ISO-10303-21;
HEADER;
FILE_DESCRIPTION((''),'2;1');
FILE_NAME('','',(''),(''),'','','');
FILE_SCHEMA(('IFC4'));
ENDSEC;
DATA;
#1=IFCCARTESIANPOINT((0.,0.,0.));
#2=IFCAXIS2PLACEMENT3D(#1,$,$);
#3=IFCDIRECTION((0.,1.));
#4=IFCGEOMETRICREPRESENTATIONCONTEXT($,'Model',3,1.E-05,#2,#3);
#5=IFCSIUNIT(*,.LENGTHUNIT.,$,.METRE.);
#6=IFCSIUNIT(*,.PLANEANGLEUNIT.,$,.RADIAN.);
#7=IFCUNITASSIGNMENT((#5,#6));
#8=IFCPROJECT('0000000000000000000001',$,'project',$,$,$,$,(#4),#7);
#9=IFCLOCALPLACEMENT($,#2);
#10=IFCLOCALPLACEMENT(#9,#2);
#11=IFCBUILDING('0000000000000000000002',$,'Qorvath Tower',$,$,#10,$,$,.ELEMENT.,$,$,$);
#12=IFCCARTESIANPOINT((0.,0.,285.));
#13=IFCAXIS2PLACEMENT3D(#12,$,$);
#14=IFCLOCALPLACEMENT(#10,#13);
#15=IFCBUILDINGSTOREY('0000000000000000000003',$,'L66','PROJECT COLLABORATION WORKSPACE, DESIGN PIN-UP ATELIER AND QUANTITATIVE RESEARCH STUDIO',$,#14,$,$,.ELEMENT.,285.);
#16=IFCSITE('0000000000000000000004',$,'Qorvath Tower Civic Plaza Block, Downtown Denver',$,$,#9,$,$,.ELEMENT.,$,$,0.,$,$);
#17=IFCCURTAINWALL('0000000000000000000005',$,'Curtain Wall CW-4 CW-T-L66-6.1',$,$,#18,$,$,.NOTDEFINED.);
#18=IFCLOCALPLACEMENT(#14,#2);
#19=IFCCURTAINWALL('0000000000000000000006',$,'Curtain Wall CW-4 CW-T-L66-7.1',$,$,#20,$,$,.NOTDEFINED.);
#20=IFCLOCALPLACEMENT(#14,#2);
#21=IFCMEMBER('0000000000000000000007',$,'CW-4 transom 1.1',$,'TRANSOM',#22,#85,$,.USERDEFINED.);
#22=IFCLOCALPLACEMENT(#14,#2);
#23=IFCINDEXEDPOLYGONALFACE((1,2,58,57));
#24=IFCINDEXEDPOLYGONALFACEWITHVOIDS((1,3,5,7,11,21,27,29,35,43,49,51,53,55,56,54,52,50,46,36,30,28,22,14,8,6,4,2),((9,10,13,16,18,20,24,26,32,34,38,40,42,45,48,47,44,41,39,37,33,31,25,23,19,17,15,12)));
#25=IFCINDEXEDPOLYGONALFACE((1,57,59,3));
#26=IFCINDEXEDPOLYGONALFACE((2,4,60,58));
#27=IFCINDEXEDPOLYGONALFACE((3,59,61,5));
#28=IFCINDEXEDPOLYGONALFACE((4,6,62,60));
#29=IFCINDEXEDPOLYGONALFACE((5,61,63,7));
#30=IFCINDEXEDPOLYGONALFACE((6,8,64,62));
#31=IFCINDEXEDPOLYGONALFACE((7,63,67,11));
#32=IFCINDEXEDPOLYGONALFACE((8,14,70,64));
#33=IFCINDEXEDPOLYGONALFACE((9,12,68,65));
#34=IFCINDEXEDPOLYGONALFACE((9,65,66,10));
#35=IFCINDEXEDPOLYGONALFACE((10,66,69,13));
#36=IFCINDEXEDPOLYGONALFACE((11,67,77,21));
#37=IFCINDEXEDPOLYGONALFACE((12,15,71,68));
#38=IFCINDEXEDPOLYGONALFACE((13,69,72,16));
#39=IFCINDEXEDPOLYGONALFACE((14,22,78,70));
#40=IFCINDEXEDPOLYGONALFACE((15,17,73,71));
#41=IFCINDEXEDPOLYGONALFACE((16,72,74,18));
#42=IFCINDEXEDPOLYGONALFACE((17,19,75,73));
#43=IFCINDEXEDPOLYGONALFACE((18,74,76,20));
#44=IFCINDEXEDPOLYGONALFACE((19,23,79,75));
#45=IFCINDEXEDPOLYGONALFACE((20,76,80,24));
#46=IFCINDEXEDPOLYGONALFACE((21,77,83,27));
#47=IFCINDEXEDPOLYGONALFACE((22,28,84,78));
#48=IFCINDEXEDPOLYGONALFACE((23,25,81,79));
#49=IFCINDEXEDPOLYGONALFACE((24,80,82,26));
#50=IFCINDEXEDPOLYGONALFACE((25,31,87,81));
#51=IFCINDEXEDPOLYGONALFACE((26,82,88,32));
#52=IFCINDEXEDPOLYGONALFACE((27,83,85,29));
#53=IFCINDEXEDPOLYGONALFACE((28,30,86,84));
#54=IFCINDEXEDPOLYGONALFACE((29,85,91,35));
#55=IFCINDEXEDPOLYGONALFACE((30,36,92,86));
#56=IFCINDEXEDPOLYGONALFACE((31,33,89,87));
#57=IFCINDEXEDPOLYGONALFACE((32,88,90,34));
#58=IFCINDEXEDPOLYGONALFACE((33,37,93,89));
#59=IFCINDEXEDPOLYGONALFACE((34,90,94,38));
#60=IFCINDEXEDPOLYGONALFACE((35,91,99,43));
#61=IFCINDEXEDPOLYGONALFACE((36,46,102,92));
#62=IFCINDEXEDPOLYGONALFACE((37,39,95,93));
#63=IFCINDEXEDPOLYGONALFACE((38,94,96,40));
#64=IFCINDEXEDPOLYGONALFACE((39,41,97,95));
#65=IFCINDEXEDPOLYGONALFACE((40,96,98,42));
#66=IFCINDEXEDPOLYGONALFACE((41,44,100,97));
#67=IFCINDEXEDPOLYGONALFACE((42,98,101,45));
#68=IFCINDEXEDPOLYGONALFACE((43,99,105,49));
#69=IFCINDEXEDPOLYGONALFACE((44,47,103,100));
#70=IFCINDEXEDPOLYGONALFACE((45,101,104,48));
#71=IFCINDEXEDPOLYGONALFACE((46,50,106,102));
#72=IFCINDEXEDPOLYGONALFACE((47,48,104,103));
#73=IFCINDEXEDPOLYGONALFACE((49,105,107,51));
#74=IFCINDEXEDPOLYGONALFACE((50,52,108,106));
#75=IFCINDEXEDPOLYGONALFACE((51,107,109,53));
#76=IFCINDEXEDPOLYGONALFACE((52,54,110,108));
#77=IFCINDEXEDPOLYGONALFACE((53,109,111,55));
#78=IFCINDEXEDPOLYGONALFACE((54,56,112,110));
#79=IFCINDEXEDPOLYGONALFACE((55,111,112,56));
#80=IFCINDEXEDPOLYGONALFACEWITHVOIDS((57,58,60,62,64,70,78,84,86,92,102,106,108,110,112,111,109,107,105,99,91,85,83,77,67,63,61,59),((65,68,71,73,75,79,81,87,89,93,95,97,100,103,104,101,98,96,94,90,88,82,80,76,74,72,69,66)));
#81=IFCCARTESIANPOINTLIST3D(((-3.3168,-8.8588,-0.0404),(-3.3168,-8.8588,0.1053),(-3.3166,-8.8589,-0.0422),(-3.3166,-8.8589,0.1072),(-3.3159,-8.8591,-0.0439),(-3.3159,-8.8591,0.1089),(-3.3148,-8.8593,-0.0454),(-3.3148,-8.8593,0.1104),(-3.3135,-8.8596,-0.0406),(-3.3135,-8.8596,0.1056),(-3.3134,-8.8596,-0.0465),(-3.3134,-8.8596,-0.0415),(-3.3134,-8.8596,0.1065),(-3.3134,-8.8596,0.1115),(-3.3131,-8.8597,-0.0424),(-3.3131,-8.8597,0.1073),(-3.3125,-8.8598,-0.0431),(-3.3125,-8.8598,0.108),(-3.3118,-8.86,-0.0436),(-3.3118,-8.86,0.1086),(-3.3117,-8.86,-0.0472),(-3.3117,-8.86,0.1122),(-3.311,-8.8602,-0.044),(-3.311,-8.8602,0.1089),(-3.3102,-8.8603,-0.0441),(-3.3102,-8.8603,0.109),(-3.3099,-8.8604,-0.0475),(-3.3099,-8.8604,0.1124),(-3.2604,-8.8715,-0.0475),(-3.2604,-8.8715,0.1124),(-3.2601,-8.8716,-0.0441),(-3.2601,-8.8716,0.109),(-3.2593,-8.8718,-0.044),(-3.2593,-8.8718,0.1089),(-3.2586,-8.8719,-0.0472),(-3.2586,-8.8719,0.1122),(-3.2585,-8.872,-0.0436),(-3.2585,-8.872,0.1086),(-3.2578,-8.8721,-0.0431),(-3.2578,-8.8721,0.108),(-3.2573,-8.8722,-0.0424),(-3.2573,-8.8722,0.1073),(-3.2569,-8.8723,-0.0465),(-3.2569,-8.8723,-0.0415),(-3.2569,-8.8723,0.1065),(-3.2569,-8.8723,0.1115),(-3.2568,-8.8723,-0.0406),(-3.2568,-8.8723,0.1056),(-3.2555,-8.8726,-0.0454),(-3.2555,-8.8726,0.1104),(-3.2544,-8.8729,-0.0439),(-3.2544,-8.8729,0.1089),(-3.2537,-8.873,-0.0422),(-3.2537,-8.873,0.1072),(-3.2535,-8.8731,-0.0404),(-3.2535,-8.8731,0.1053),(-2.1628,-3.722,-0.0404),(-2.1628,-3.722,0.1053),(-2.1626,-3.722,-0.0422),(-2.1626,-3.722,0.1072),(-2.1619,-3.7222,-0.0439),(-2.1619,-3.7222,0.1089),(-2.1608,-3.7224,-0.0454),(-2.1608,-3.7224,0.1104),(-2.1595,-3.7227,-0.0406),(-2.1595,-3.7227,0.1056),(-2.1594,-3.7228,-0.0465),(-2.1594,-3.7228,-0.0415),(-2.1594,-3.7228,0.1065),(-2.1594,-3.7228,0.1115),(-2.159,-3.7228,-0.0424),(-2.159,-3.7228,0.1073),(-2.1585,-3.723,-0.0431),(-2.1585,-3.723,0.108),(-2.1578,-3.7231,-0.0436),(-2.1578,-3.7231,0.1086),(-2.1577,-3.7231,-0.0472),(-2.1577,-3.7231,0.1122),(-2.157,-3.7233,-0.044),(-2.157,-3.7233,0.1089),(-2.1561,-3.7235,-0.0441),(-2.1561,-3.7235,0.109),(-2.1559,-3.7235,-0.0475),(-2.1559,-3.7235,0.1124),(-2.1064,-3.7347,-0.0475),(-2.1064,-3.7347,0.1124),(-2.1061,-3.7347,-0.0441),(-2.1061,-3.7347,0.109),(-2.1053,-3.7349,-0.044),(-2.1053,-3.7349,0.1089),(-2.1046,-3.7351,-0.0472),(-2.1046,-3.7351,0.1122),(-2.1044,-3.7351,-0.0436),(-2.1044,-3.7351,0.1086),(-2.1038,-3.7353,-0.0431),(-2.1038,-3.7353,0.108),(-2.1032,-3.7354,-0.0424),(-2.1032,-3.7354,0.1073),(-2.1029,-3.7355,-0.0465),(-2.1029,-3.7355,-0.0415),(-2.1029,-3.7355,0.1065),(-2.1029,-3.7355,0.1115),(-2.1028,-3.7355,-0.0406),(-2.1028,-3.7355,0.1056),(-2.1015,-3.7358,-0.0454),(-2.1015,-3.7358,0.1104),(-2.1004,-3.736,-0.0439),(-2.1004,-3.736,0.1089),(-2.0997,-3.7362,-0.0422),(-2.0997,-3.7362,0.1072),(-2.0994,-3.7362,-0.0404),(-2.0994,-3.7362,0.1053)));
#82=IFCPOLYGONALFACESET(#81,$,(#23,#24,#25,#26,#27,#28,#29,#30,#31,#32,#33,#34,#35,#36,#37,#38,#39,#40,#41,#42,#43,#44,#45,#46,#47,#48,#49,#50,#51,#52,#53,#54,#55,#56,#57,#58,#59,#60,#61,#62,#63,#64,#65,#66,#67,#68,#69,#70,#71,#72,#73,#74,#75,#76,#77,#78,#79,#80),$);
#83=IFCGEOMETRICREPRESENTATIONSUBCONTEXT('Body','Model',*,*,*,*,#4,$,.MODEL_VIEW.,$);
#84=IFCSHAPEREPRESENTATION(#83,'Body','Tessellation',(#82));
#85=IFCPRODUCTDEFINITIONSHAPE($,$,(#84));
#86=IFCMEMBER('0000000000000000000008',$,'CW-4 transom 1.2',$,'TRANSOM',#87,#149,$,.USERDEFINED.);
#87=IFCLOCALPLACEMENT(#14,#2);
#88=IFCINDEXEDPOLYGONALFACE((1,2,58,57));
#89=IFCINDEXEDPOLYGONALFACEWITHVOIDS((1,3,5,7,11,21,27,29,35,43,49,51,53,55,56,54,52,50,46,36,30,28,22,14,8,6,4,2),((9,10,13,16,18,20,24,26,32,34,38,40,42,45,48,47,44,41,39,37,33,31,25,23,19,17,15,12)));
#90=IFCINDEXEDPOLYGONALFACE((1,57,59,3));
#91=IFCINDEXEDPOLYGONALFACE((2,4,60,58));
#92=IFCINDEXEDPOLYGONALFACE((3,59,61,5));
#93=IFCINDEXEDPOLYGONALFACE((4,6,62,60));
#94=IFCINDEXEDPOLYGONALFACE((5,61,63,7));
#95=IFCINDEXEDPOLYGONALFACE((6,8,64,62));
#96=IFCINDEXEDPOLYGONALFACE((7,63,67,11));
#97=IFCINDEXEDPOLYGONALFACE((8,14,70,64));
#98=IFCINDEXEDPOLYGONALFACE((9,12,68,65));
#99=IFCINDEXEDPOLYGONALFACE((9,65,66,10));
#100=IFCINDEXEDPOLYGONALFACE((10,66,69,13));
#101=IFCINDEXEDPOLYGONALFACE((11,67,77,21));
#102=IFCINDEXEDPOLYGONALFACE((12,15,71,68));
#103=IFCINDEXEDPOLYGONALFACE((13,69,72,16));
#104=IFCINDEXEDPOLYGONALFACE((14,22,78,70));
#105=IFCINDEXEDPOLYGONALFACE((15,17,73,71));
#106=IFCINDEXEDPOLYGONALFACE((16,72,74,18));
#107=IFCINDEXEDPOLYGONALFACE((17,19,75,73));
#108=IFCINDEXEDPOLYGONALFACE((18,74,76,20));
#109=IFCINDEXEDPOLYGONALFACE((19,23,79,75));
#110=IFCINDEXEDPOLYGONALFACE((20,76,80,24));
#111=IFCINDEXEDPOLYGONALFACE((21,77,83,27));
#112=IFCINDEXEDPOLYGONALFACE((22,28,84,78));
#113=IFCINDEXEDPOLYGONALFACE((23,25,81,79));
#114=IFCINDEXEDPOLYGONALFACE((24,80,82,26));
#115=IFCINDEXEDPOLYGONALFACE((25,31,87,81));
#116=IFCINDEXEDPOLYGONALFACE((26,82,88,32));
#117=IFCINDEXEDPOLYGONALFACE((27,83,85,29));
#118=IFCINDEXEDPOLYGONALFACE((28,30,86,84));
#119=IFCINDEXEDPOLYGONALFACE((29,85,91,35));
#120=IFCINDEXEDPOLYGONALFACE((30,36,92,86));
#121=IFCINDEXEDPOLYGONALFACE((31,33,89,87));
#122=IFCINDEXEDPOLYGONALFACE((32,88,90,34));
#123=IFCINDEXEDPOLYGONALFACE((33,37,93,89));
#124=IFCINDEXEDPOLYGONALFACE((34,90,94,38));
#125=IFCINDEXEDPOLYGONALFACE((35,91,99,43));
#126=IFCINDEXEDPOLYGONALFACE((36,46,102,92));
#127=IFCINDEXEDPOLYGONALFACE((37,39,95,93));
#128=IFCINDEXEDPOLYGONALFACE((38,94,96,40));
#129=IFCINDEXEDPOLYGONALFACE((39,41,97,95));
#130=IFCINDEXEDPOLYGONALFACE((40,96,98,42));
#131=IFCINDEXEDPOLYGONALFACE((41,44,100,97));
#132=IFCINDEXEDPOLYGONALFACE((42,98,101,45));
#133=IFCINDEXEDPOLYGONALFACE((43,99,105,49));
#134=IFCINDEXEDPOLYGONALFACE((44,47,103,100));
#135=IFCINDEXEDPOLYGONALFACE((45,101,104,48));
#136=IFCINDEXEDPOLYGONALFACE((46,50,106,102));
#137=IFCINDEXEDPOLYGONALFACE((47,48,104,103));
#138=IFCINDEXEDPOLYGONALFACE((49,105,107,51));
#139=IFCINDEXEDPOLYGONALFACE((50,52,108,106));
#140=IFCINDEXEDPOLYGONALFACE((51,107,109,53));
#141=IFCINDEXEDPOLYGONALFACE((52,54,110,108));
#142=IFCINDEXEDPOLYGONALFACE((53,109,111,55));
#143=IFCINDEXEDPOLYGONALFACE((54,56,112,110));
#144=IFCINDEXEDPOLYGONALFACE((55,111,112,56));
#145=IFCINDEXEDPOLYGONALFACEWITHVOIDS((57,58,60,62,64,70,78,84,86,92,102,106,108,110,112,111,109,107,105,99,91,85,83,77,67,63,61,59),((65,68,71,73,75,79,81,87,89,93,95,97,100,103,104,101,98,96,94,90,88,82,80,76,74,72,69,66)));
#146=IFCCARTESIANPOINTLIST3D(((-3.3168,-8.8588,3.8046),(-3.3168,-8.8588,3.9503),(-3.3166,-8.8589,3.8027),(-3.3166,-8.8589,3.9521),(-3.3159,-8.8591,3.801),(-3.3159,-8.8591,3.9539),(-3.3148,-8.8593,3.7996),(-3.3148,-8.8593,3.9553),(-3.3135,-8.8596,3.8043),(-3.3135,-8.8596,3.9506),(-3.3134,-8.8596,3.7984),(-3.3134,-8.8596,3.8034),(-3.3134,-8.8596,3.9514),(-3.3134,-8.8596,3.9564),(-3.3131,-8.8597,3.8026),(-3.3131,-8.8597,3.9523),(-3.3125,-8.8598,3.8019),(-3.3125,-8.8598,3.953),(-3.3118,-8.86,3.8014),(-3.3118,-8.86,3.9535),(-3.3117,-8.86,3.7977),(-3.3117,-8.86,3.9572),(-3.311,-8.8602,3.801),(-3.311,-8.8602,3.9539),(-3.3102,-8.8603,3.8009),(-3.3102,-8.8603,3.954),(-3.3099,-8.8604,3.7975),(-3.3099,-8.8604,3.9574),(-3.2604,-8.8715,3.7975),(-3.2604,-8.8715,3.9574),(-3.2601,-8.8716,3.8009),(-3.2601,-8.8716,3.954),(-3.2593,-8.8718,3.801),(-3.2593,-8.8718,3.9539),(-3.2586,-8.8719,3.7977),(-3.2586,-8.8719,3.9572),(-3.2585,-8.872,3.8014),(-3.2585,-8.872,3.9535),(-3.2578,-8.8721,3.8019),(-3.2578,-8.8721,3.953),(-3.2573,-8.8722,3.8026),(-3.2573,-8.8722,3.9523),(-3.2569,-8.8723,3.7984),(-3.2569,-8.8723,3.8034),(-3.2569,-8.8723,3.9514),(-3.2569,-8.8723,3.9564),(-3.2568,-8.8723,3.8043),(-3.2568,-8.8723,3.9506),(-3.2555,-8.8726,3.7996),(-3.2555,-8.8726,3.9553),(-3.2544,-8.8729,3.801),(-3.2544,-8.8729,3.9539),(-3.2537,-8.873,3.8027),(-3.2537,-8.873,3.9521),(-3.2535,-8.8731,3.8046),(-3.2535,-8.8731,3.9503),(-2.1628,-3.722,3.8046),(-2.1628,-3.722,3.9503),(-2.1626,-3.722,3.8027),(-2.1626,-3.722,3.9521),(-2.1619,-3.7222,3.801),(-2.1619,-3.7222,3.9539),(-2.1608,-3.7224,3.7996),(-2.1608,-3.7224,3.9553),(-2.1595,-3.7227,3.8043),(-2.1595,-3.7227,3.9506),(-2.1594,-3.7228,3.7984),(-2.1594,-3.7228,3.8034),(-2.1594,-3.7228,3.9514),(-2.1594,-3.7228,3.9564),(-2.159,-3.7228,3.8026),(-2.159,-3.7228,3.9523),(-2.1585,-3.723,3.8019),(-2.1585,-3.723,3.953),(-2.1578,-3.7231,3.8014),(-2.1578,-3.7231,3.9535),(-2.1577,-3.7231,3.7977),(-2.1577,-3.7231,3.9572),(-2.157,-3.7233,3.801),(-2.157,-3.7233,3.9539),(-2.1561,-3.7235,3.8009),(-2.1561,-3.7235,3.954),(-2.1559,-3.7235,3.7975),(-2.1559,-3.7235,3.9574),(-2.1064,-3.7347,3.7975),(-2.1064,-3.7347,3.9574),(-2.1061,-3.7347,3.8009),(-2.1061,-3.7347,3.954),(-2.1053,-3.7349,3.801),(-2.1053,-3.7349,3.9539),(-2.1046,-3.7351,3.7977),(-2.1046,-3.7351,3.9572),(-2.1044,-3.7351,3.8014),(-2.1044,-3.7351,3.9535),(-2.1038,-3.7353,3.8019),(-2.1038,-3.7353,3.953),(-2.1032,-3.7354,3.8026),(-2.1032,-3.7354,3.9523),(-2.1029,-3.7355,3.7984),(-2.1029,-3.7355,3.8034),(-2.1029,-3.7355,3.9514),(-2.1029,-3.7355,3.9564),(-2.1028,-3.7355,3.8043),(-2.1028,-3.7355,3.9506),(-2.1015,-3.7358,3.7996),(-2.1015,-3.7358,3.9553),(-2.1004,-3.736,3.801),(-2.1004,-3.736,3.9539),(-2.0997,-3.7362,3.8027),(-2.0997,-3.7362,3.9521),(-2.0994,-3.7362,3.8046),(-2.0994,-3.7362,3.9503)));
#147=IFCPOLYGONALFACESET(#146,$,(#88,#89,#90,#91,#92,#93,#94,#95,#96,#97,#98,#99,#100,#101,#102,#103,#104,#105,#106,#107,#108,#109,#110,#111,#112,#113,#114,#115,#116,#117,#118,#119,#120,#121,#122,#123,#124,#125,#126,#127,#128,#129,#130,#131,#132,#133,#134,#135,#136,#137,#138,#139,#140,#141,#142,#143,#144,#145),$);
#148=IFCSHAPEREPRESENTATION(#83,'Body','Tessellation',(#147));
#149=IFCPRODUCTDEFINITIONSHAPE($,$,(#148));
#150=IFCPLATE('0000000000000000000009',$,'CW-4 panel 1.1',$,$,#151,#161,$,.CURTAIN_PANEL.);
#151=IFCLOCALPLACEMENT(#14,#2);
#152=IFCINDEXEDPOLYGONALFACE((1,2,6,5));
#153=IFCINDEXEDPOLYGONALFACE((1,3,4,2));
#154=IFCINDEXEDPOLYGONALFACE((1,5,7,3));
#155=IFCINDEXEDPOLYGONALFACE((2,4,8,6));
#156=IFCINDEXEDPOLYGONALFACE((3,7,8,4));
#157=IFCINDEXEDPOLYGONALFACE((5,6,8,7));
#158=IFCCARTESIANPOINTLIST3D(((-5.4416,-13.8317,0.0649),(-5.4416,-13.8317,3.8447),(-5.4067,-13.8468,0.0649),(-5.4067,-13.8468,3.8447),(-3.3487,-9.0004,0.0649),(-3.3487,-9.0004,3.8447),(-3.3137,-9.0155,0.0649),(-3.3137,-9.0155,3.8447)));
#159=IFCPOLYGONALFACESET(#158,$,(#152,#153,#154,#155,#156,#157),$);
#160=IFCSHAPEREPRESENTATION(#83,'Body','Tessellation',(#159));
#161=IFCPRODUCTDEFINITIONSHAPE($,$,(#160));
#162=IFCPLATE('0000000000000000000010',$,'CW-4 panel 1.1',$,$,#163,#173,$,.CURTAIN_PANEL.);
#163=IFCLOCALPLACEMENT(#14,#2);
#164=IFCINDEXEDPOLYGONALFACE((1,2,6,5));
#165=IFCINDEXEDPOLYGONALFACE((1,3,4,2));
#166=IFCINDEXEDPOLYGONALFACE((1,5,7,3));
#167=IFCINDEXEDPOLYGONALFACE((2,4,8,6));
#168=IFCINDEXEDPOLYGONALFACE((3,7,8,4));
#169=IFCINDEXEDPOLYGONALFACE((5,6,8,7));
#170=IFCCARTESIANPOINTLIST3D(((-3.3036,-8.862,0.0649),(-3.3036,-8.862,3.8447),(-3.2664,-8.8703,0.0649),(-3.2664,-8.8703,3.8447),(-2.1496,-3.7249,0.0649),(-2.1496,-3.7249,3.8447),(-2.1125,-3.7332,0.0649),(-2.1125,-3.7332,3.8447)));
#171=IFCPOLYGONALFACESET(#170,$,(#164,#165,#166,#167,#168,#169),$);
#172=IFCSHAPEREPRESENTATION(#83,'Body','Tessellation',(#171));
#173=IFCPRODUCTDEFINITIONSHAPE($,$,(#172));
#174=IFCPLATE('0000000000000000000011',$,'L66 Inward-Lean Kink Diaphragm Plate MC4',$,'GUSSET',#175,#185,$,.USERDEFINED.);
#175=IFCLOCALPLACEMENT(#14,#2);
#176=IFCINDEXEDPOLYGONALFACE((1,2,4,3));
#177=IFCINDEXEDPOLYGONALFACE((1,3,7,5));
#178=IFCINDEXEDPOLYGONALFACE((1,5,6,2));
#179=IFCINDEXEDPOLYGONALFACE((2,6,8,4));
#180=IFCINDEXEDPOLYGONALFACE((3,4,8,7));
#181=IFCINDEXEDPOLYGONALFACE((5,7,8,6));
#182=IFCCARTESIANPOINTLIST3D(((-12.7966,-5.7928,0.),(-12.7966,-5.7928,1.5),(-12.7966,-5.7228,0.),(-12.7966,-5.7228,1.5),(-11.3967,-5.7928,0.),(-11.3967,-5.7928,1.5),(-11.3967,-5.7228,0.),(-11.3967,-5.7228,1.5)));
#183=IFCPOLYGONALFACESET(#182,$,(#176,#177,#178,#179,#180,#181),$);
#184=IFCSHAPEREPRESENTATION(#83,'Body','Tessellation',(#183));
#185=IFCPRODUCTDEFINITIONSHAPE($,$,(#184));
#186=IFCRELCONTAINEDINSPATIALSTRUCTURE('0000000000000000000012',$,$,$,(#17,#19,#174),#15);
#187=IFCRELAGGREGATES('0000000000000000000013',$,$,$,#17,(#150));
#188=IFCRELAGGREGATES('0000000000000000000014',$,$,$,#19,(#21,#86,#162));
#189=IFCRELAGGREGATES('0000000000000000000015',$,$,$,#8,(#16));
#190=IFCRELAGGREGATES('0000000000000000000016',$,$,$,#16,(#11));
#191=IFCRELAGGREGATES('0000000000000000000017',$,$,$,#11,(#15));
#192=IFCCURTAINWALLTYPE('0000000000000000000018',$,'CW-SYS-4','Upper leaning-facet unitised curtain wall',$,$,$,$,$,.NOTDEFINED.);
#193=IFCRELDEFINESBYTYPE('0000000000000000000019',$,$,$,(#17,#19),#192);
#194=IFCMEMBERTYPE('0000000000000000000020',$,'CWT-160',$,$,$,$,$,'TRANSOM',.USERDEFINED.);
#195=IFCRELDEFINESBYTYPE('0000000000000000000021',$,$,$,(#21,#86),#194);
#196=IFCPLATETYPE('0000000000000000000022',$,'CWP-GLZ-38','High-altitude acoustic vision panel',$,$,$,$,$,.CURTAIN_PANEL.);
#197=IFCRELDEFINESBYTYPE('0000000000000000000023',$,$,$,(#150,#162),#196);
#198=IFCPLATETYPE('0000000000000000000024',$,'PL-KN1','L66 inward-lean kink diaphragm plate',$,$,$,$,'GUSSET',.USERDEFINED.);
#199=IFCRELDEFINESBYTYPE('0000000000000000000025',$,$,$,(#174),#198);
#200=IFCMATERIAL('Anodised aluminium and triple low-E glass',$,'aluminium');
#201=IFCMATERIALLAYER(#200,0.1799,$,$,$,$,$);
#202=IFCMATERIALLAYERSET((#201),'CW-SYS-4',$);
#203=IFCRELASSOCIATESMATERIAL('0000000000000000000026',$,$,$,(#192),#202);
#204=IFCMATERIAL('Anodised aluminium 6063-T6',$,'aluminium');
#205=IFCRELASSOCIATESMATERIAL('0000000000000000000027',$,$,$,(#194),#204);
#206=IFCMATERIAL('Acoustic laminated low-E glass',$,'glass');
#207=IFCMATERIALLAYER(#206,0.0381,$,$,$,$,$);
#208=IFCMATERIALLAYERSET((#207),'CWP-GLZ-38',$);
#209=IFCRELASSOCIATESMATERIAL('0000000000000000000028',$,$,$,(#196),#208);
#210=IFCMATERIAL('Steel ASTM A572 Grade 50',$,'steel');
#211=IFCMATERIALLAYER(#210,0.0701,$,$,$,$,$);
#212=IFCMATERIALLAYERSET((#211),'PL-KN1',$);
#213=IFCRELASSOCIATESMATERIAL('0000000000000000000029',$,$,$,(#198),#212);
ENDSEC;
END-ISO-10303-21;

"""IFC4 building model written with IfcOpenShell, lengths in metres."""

from ifc_helpers import new_model, si_unit, direction, frame, origin, origin_2d, place, context, subcontext, project, spatial, rectangle, hollow_rectangle, extrude, material, layer, layer_set, material_profile, profile_set, type_object, element, aggregate, save


model = new_model("IFC4")

# Units and contexts
model_context = context("Model", 3, precision=1e-05, world=origin(), true_north=direction((0.0, 1.0)))
body_context = subcontext(model_context, "Body", "Model", "MODEL_VIEW")
ifc_project = project(units=[si_unit("LENGTHUNIT", "METRE"), si_unit("PLANEANGLEUNIT", "RADIAN")], contexts=[model_context])

# Site, building, storey
site_placement = place(None, origin())
site = spatial("IfcSite", under=ifc_project, at=site_placement, Name="Qorvath Tower Civic Plaza Block, Downtown Denver", CompositionType="ELEMENT", RefElevation=0.0)
building_placement = place(site_placement, origin())
building = spatial("IfcBuilding", under=site, at=building_placement, Name="Qorvath Tower", CompositionType="ELEMENT")
storey_placement = place(building_placement, frame((0.0, 0.0, 285.0)))
storey = spatial("IfcBuildingStorey", under=building, at=storey_placement, Name="L66", Description="PROJECT COLLABORATION WORKSPACE, DESIGN PIN-UP ATELIER AND QUANTITATIVE RESEARCH STUDIO", CompositionType="ELEMENT", Elevation=285.0)

# Curtain walls
ifc_material_1 = material(Name="Anodised aluminium and triple low-E glass", Category="aluminium")
ifc_layer_1 = layer(ifc_material_1, 0.1799)
ifc_layer_set_1 = layer_set([ifc_layer_1], Name="CW-SYS-4")
curtain_wall_type = type_object("IfcCurtainWallType", Name="CW-SYS-4", Description="Upper leaning-facet unitised curtain wall", PredefinedType="NOTDEFINED", material=ifc_layer_set_1)
curtain_wall_1_placement = place(storey_placement, origin())
curtain_wall_1 = element("IfcCurtainWall", 1, at=curtain_wall_1_placement, inside=storey, type_object=curtain_wall_type, Name="Curtain Wall CW-4 CW-T-L66-6.1", PredefinedType="NOTDEFINED")
curtain_wall_2_placement = place(storey_placement, origin())
curtain_wall_2 = element("IfcCurtainWall", 2, at=curtain_wall_2_placement, inside=storey, type_object=curtain_wall_type, Name="Curtain Wall CW-4 CW-T-L66-7.1", PredefinedType="NOTDEFINED")

# Members
ifc_material_2 = material(Name="Anodised aluminium 6063-T6", Category="aluminium")
ifc_material_profile_1 = material_profile(ifc_material_2, hollow_rectangle(XDim=0.0649, YDim=0.1599, WallThickness=0.0034, InnerFilletRadius=0.0034, OuterFilletRadius=0.0071, at=origin_2d()), Name="CWT 160x65")
ifc_profile_set_1 = profile_set([ifc_material_profile_1], Name="Anodised aluminium 6063-T6")
member_type_1 = type_object("IfcMemberType", Name="CWT-160", ElementType="TRANSOM", PredefinedType="USERDEFINED", material=ifc_profile_set_1)
member_1_placement = place(storey_placement, frame((-3.2852, -8.866, 0.0325), z_axis=(0.219193, 0.975681, 0.0), x_axis=(-0.975681, 0.219193, 0.0)))
member_1 = element("IfcMember", 3, at=member_1_placement, type_object=member_type_1, Name="CW-4 transom 1.1", ObjectType="TRANSOM", PredefinedType="USERDEFINED", context=body_context, shape_type="SweptSolid", body=[
    extrude(hollow_rectangle(XDim=0.0649, YDim=0.1599, WallThickness=0.0034, InnerFilletRadius=0.0034, OuterFilletRadius=0.0071, at=origin_2d()), origin(), (0.0, 0.0, 1.0), 5.2649),
])
member_2_placement = place(storey_placement, frame((-3.2852, -8.866, 3.8774), z_axis=(0.219193, 0.975681, 0.0), x_axis=(-0.975681, 0.219193, 0.0)))
member_2 = element("IfcMember", 4, at=member_2_placement, type_object=member_type_1, Name="CW-4 transom 1.2", ObjectType="TRANSOM", PredefinedType="USERDEFINED", context=body_context, shape_type="SweptSolid", body=[
    extrude(hollow_rectangle(XDim=0.0649, YDim=0.1599, WallThickness=0.0034, InnerFilletRadius=0.0034, OuterFilletRadius=0.0071, at=origin_2d()), origin(), (0.0, 0.0, 1.0), 5.2649),
])

# Plates
ifc_material_3 = material(Name="Acoustic laminated low-E glass", Category="glass")
ifc_layer_2 = layer(ifc_material_3, 0.0381)
ifc_layer_set_2 = layer_set([ifc_layer_2], Name="CWP-GLZ-38")
plate_type_1 = type_object("IfcPlateType", Name="CWP-GLZ-38", Description="High-altitude acoustic vision panel", PredefinedType="CURTAIN_PANEL", material=ifc_layer_set_2)
plate_1_placement = place(storey_placement, frame((-4.3777, -11.4236, 0.0649), z_axis=(0.0, 0.0, 1.0), x_axis=(0.397509, 0.917598, 0.0)))
plate_1 = element("IfcPlate", 5, at=plate_1_placement, type_object=plate_type_1, Name="CW-4 panel 1.1", PredefinedType="CURTAIN_PANEL", context=body_context, shape_type="SweptSolid", body=[
    extrude(rectangle(XDim=5.2651, YDim=0.0381, at=origin_2d()), origin(), (0.0, 0.0, 1.0), 3.7798),
])
aggregate(curtain_wall_1, [plate_1])
plate_2_placement = place(storey_placement, frame((-2.708, -6.2976, 0.0649), z_axis=(0.0, 0.0, 1.0), x_axis=(0.219167, 0.975687, 0.0)))
plate_2 = element("IfcPlate", 6, at=plate_2_placement, type_object=plate_type_1, Name="CW-4 panel 1.1", PredefinedType="CURTAIN_PANEL", context=body_context, shape_type="SweptSolid", body=[
    extrude(rectangle(XDim=5.2651, YDim=0.0381, at=origin_2d()), origin(), (0.0, 0.0, 1.0), 3.7798),
])
aggregate(curtain_wall_2, [member_1, member_2, plate_2])
ifc_material_4 = material(Name="Steel ASTM A572 Grade 50", Category="steel")
ifc_layer_3 = layer(ifc_material_4, 0.0701)
ifc_layer_set_3 = layer_set([ifc_layer_3], Name="PL-KN1")
plate_type_2 = type_object("IfcPlateType", Name="PL-KN1", Description="L66 inward-lean kink diaphragm plate", ElementType="GUSSET", PredefinedType="USERDEFINED", material=ifc_layer_set_3)
plate_3_placement = place(storey_placement, frame((-12.0967, -5.7578, 0.0), z_axis=(0.0, 0.0, 1.0), x_axis=(1.0, 0.0, 0.0)))
element("IfcPlate", 7, at=plate_3_placement, inside=storey, type_object=plate_type_2, Name="L66 Inward-Lean Kink Diaphragm Plate MC4", ObjectType="GUSSET", PredefinedType="USERDEFINED", context=body_context, shape_type="SweptSolid", body=[
    extrude(rectangle(XDim=1.3999, YDim=0.0701, at=origin_2d()), origin(), (0.0, 0.0, 1.0), 1.5),
])

save(model, "model.ifc")
